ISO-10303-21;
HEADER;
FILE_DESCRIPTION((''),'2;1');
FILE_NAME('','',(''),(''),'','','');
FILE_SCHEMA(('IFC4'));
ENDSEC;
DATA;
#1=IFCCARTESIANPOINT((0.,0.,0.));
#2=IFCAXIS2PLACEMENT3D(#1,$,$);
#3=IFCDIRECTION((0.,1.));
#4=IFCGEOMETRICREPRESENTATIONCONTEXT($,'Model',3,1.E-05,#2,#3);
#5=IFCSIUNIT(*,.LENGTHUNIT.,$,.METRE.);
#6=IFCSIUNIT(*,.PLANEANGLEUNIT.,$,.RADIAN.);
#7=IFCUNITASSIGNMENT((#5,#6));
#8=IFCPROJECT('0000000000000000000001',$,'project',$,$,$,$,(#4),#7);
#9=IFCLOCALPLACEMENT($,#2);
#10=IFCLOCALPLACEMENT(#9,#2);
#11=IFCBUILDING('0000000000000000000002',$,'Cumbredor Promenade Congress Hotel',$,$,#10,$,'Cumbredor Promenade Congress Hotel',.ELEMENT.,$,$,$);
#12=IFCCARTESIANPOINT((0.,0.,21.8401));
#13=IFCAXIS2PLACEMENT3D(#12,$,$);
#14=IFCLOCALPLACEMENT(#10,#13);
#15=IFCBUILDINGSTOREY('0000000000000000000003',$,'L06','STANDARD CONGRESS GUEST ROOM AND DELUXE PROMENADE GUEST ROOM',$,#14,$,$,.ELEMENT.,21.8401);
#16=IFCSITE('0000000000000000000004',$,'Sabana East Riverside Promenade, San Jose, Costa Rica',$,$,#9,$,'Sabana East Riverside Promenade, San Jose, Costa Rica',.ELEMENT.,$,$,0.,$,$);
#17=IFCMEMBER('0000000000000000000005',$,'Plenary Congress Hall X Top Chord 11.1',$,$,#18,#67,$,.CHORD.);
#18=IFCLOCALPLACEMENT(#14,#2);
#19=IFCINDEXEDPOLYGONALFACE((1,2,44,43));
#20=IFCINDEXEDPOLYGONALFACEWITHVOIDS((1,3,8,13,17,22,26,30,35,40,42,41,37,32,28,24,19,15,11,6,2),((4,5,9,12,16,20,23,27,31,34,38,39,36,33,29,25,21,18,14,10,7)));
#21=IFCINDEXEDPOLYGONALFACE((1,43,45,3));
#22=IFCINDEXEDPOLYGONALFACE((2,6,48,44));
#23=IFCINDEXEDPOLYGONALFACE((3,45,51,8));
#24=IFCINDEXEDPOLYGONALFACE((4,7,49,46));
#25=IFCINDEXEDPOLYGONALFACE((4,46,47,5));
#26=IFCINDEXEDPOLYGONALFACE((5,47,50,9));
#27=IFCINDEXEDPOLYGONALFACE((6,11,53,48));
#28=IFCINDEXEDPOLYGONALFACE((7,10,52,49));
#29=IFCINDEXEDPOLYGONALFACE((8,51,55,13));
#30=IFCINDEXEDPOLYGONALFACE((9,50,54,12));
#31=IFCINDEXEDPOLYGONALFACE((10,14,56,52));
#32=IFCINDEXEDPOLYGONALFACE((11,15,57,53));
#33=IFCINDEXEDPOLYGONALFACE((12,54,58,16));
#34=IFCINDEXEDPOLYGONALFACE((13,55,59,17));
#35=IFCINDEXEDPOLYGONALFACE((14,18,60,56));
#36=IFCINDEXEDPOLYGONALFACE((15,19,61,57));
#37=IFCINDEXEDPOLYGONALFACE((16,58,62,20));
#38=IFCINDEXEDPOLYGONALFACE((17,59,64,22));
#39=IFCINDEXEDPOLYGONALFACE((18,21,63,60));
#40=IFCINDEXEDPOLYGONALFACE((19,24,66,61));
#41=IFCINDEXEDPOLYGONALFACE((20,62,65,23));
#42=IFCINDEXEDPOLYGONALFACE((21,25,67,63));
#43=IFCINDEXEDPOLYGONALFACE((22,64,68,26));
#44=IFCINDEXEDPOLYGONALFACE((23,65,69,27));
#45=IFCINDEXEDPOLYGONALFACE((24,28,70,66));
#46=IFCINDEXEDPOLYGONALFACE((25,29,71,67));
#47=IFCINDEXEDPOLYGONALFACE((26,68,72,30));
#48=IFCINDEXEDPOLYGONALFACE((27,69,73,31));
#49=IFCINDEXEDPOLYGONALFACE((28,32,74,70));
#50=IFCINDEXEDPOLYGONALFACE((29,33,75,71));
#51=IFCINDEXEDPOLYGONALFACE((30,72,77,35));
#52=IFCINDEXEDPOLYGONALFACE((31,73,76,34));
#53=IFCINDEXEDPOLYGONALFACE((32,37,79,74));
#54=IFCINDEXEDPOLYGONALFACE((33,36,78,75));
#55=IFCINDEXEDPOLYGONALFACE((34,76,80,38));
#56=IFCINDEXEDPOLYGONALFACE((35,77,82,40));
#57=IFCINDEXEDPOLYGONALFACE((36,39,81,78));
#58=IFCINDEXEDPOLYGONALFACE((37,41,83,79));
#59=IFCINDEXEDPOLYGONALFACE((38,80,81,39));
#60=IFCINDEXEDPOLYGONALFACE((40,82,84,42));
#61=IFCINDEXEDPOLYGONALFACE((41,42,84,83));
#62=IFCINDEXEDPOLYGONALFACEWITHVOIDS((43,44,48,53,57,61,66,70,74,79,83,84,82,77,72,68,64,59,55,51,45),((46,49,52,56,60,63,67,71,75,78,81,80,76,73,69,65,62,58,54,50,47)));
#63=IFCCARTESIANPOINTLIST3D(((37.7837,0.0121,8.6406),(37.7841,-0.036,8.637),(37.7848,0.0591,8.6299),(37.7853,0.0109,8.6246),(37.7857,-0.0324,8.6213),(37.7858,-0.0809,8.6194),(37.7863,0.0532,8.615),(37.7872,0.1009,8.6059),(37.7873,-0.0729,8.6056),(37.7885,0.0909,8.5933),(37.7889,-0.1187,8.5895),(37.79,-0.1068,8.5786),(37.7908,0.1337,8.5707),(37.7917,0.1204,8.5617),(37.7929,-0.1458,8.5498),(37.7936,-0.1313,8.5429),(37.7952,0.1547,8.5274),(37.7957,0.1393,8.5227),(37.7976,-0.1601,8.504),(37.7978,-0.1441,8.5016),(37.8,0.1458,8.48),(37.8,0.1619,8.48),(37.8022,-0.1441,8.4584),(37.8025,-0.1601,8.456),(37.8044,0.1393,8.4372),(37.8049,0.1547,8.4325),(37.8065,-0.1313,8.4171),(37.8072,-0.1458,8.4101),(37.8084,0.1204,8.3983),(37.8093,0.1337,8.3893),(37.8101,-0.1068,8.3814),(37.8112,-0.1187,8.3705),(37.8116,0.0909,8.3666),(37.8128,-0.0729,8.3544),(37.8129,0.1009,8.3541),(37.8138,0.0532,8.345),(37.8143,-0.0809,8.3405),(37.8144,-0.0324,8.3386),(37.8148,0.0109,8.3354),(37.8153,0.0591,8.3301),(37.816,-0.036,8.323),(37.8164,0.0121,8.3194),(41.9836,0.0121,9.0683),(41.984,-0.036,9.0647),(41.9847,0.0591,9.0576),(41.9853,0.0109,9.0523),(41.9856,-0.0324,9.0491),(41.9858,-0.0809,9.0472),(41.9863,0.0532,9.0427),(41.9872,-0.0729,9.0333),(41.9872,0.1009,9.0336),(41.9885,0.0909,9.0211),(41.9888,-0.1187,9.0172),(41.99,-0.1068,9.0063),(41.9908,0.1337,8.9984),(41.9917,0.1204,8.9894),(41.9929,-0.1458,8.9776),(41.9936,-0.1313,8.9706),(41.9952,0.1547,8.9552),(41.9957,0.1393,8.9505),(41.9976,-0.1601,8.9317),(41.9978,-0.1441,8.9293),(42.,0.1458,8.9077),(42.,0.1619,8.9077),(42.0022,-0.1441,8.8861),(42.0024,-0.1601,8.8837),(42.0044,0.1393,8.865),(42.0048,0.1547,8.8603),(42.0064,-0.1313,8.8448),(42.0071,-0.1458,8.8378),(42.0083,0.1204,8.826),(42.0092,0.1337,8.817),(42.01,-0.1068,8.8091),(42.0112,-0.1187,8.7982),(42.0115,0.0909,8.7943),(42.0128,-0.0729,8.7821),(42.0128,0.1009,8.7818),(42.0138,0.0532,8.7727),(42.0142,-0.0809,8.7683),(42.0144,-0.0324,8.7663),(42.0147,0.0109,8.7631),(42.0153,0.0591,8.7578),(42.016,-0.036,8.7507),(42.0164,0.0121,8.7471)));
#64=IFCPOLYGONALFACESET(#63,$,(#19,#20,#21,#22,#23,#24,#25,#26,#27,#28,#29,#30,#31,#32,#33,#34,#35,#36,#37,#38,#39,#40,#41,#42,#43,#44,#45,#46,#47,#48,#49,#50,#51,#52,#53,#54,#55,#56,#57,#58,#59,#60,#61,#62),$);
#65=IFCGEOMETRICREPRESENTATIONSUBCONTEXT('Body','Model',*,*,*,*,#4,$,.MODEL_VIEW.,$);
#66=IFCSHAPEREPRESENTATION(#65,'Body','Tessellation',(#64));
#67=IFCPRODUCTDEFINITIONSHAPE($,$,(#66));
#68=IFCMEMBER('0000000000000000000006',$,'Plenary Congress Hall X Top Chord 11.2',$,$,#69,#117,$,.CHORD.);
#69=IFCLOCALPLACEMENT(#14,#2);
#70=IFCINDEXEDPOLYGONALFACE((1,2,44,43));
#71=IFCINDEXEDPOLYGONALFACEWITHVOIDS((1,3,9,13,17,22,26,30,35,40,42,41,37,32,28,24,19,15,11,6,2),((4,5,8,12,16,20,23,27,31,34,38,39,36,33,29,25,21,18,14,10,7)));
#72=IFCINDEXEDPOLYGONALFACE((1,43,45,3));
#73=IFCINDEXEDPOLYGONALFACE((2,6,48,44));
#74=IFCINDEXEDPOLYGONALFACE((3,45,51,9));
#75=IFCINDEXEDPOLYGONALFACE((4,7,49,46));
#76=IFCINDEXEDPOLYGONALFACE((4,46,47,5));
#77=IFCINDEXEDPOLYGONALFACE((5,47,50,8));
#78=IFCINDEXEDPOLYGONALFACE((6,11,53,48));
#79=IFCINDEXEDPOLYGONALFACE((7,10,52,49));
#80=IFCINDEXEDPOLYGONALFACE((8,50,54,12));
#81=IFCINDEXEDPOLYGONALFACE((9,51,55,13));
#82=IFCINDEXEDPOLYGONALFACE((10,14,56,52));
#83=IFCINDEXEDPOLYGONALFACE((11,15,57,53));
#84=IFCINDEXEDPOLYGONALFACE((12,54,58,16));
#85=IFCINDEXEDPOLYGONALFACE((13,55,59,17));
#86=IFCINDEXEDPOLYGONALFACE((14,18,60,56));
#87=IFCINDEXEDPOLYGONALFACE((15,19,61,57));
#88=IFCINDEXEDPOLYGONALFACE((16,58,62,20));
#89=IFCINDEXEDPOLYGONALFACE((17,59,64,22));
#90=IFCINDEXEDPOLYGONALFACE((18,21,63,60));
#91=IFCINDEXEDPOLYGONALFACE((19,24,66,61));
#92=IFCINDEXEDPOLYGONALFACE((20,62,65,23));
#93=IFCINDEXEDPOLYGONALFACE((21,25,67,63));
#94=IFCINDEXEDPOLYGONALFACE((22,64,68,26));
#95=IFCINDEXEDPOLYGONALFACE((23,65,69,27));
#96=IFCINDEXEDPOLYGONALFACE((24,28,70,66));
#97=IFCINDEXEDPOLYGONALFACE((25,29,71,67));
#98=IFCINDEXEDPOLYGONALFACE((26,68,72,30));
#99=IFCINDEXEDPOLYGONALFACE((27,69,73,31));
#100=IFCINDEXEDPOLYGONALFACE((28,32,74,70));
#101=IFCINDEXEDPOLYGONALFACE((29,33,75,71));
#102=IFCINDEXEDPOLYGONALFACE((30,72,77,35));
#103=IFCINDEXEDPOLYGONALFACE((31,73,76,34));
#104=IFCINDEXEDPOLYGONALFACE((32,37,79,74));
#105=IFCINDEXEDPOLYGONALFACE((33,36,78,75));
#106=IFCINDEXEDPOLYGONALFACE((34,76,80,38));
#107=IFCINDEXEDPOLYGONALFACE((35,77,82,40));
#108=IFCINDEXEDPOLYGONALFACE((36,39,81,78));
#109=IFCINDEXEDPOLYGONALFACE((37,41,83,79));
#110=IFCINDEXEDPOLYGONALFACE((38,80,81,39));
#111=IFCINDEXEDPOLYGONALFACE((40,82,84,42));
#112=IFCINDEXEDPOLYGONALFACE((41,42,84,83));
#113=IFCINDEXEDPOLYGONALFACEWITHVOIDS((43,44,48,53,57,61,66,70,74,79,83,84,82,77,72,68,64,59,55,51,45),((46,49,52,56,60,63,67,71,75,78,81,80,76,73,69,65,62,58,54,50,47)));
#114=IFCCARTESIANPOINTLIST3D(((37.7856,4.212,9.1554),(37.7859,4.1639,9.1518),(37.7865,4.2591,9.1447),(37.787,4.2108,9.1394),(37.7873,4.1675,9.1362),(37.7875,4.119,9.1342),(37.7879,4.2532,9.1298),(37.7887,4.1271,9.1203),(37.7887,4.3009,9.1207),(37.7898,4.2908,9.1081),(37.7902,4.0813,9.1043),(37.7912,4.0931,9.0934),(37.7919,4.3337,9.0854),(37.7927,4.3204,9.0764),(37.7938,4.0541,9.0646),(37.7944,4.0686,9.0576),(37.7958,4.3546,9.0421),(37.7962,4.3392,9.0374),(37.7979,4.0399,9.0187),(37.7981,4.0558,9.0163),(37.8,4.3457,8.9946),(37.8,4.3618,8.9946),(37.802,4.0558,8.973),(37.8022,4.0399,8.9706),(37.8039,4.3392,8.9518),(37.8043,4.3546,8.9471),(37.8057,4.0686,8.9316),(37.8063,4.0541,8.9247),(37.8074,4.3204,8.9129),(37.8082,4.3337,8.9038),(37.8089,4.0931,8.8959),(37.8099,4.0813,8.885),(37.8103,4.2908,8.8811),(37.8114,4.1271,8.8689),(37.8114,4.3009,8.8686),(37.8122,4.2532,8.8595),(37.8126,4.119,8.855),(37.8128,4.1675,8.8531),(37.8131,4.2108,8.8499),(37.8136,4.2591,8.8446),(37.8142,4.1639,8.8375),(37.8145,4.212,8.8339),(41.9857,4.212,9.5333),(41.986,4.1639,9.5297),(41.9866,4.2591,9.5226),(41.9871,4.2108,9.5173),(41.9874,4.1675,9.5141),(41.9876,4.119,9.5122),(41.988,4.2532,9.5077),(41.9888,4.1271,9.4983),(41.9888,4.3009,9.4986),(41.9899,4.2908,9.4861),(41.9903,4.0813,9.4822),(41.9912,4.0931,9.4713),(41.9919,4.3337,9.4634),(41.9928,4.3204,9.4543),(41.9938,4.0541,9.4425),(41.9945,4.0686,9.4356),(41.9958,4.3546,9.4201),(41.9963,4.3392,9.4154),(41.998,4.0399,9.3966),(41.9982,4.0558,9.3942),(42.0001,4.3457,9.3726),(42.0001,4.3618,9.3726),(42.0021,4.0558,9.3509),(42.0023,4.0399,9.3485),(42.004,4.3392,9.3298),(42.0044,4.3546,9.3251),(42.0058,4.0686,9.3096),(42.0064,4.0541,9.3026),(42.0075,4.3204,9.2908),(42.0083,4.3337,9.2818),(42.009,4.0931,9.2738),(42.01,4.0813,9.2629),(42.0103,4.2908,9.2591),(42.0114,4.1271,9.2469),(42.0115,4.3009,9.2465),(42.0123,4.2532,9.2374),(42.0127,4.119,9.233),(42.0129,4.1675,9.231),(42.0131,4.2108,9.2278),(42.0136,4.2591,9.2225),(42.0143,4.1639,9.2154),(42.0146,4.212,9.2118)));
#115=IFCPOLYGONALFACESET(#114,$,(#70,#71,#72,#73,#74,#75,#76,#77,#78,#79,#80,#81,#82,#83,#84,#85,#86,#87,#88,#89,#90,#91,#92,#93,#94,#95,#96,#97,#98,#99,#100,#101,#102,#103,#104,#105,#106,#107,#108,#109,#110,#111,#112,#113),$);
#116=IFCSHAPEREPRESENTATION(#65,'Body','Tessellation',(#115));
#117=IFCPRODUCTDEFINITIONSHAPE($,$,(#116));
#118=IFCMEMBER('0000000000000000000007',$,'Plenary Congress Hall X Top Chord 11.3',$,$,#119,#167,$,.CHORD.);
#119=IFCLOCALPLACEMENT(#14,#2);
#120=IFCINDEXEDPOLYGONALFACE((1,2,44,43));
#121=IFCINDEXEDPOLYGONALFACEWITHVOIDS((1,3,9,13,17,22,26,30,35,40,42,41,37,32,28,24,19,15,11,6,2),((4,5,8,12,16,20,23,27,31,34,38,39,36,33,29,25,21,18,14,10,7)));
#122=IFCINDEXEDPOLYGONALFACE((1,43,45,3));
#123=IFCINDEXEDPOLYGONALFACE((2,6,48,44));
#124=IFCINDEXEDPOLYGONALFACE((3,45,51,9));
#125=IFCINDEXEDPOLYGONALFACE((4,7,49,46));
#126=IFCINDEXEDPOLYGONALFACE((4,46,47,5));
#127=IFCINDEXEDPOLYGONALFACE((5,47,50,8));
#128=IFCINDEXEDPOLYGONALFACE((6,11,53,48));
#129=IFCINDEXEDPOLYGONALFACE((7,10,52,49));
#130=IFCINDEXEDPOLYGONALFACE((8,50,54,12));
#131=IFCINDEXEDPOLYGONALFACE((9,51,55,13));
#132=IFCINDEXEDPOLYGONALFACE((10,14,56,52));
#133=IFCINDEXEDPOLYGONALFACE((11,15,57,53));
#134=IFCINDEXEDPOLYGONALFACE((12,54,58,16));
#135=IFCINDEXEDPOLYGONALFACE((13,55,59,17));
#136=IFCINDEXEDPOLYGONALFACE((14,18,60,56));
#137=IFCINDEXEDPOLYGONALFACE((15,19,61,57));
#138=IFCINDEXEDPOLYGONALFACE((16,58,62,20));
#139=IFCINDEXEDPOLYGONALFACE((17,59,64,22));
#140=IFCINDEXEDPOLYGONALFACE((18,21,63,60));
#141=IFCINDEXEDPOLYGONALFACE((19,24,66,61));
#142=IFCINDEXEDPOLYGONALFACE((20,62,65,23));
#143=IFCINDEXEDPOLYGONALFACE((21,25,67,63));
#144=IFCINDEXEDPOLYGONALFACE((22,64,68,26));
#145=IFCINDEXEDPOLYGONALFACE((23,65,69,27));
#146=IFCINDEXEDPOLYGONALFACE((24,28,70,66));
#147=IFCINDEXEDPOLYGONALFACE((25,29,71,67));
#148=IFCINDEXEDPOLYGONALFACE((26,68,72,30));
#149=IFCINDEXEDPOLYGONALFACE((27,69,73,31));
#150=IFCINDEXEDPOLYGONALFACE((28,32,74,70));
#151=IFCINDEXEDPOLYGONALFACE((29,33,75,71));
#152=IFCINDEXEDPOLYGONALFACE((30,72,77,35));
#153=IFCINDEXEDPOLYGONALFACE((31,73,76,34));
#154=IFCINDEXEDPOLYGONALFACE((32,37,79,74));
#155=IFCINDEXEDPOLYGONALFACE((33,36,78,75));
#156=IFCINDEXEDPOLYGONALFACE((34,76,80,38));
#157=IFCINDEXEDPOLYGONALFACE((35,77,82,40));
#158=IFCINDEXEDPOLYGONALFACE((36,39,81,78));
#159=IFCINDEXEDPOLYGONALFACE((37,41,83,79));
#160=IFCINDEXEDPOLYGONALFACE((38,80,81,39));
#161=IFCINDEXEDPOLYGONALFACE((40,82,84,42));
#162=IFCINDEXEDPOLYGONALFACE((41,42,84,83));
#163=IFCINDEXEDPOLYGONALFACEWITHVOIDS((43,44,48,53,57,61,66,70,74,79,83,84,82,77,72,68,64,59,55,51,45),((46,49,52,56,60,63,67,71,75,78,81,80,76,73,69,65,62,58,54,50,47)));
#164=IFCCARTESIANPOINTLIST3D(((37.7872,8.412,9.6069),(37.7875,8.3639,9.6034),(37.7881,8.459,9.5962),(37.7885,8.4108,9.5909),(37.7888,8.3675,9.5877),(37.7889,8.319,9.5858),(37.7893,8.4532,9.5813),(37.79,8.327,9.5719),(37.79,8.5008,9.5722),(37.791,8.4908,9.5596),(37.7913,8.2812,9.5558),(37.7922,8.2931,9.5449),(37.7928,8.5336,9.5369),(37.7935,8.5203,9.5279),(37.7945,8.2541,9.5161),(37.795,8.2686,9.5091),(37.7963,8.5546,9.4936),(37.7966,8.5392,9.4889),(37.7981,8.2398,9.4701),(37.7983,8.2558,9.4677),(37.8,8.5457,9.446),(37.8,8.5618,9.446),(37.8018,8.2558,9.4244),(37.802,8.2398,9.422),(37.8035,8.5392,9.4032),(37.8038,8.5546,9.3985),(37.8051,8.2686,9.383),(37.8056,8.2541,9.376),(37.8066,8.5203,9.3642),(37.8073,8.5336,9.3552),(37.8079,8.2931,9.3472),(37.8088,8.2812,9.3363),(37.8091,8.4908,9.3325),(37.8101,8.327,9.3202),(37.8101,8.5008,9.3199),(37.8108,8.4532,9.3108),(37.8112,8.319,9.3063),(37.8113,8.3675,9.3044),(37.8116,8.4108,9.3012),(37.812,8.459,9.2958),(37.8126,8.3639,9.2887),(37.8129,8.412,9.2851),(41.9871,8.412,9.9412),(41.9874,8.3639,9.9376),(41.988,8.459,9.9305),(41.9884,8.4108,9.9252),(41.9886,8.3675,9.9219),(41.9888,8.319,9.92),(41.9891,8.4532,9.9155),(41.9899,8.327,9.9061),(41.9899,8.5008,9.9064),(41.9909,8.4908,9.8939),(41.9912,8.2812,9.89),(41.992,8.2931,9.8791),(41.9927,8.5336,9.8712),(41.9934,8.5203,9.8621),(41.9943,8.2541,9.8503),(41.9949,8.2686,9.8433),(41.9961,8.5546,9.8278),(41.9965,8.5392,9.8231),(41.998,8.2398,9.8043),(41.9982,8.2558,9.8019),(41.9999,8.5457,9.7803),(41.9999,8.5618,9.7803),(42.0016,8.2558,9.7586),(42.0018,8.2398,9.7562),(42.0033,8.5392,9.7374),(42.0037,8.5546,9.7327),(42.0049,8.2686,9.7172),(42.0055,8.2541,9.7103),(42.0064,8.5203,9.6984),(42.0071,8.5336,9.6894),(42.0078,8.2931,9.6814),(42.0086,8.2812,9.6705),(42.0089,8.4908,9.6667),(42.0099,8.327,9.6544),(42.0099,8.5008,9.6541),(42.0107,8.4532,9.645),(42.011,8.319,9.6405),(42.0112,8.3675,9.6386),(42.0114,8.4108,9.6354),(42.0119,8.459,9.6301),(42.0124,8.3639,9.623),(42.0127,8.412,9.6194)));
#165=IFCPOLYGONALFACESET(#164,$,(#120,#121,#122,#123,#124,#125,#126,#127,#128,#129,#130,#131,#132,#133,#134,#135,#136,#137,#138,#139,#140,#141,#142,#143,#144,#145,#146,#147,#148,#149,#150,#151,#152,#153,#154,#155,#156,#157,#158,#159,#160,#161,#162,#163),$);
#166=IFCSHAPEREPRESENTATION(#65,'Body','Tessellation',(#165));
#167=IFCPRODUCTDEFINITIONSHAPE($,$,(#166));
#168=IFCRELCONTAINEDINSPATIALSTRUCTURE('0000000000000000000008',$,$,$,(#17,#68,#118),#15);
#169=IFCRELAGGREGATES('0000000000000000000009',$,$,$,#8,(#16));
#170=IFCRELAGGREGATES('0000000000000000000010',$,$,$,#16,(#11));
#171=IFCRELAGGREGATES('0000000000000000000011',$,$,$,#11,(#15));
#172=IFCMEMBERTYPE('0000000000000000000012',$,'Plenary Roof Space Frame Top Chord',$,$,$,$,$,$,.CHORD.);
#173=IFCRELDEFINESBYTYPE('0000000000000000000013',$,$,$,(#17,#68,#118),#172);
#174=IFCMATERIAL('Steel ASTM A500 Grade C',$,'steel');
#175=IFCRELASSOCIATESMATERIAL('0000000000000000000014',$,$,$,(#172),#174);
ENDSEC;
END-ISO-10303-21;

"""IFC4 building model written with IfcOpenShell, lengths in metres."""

from ifc_helpers import new_model, si_unit, direction, frame, origin, origin_2d, place, context, subcontext, project, spatial, hollow_circle, extrude, material, material_profile, profile_set, type_object, element, save


model = new_model("IFC4")

# Units and contexts
model_context = context("Model", 3, precision=1e-05, world=origin(), true_north=direction((0.0, 1.0)))
body_context = subcontext(model_context, "Body", "Model", "MODEL_VIEW")
ifc_project = project(units=[si_unit("LENGTHUNIT", "METRE"), si_unit("PLANEANGLEUNIT", "RADIAN")], contexts=[model_context])

# Site, building, storey
site_placement = place(None, origin())
site = spatial("IfcSite", under=ifc_project, at=site_placement, Name="Sabana East Riverside Promenade, San Jose, Costa Rica", LongName="Sabana East Riverside Promenade, San Jose, Costa Rica", CompositionType="ELEMENT", RefElevation=0.0)
building_placement = place(site_placement, origin())
building = spatial("IfcBuilding", under=site, at=building_placement, Name="Cumbredor Promenade Congress Hotel", LongName="Cumbredor Promenade Congress Hotel", CompositionType="ELEMENT")
storey_placement = place(building_placement, frame((0.0, 0.0, 21.8401)))
storey = spatial("IfcBuildingStorey", under=building, at=storey_placement, Name="L06", Description="STANDARD CONGRESS GUEST ROOM AND DELUXE PROMENADE GUEST ROOM", CompositionType="ELEMENT", Elevation=21.8401)

# Members
ifc_material_1 = material(Name="Steel ASTM A500 Grade C", Category="steel")
ifc_material_profile_1 = material_profile(ifc_material_1, hollow_circle(Radius=0.1619, WallThickness=0.0161, at=origin_2d()), Name="CHS 323.9x16")
ifc_profile_set_1 = profile_set([ifc_material_profile_1], Name="Steel ASTM A500 Grade C")
member_type_1 = type_object("IfcMemberType", Name="Plenary Roof Space Frame Top Chord", PredefinedType="CHORD", material=ifc_profile_set_1)
member_1_placement = place(storey_placement, frame((37.8, 0.0, 8.48), z_axis=(0.994854, 0.0, 0.101319), x_axis=(0.0, 1.0, 0.0)))
element("IfcMember", 1, at=member_1_placement, inside=storey, type_object=member_type_1, Name="Plenary Congress Hall X Top Chord 11.1", PredefinedType="CHORD", context=body_context, shape_type="SweptSolid", body=[
    extrude(hollow_circle(Radius=0.1619, WallThickness=0.0161, at=origin_2d()), origin(), (0.0, 0.0, 1.0), 4.2217),
])
member_2_placement = place(storey_placement, frame((37.8, 4.2, 8.9946), z_axis=(0.995976, 0.0, 0.089622), x_axis=(0.0, 1.0, 0.0)))
element("IfcMember", 2, at=member_2_placement, inside=storey, type_object=member_type_1, Name="Plenary Congress Hall X Top Chord 11.2", PredefinedType="CHORD", context=body_context, shape_type="SweptSolid", body=[
    extrude(hollow_circle(Radius=0.1619, WallThickness=0.0161, at=origin_2d()), origin(), (0.0, 0.0, 1.0), 4.217),
])
member_3_placement = place(storey_placement, frame((37.8, 8.3999, 9.446), z_axis=(0.996849, 0.0, 0.079328), x_axis=(0.0, 1.0, 0.0)))
element("IfcMember", 3, at=member_3_placement, inside=storey, type_object=member_type_1, Name="Plenary Congress Hall X Top Chord 11.3", PredefinedType="CHORD", context=body_context, shape_type="SweptSolid", body=[
    extrude(hollow_circle(Radius=0.1619, WallThickness=0.0161, at=origin_2d()), origin(), (0.0, 0.0, 1.0), 4.2131),
])

save(model, "model.ifc")
